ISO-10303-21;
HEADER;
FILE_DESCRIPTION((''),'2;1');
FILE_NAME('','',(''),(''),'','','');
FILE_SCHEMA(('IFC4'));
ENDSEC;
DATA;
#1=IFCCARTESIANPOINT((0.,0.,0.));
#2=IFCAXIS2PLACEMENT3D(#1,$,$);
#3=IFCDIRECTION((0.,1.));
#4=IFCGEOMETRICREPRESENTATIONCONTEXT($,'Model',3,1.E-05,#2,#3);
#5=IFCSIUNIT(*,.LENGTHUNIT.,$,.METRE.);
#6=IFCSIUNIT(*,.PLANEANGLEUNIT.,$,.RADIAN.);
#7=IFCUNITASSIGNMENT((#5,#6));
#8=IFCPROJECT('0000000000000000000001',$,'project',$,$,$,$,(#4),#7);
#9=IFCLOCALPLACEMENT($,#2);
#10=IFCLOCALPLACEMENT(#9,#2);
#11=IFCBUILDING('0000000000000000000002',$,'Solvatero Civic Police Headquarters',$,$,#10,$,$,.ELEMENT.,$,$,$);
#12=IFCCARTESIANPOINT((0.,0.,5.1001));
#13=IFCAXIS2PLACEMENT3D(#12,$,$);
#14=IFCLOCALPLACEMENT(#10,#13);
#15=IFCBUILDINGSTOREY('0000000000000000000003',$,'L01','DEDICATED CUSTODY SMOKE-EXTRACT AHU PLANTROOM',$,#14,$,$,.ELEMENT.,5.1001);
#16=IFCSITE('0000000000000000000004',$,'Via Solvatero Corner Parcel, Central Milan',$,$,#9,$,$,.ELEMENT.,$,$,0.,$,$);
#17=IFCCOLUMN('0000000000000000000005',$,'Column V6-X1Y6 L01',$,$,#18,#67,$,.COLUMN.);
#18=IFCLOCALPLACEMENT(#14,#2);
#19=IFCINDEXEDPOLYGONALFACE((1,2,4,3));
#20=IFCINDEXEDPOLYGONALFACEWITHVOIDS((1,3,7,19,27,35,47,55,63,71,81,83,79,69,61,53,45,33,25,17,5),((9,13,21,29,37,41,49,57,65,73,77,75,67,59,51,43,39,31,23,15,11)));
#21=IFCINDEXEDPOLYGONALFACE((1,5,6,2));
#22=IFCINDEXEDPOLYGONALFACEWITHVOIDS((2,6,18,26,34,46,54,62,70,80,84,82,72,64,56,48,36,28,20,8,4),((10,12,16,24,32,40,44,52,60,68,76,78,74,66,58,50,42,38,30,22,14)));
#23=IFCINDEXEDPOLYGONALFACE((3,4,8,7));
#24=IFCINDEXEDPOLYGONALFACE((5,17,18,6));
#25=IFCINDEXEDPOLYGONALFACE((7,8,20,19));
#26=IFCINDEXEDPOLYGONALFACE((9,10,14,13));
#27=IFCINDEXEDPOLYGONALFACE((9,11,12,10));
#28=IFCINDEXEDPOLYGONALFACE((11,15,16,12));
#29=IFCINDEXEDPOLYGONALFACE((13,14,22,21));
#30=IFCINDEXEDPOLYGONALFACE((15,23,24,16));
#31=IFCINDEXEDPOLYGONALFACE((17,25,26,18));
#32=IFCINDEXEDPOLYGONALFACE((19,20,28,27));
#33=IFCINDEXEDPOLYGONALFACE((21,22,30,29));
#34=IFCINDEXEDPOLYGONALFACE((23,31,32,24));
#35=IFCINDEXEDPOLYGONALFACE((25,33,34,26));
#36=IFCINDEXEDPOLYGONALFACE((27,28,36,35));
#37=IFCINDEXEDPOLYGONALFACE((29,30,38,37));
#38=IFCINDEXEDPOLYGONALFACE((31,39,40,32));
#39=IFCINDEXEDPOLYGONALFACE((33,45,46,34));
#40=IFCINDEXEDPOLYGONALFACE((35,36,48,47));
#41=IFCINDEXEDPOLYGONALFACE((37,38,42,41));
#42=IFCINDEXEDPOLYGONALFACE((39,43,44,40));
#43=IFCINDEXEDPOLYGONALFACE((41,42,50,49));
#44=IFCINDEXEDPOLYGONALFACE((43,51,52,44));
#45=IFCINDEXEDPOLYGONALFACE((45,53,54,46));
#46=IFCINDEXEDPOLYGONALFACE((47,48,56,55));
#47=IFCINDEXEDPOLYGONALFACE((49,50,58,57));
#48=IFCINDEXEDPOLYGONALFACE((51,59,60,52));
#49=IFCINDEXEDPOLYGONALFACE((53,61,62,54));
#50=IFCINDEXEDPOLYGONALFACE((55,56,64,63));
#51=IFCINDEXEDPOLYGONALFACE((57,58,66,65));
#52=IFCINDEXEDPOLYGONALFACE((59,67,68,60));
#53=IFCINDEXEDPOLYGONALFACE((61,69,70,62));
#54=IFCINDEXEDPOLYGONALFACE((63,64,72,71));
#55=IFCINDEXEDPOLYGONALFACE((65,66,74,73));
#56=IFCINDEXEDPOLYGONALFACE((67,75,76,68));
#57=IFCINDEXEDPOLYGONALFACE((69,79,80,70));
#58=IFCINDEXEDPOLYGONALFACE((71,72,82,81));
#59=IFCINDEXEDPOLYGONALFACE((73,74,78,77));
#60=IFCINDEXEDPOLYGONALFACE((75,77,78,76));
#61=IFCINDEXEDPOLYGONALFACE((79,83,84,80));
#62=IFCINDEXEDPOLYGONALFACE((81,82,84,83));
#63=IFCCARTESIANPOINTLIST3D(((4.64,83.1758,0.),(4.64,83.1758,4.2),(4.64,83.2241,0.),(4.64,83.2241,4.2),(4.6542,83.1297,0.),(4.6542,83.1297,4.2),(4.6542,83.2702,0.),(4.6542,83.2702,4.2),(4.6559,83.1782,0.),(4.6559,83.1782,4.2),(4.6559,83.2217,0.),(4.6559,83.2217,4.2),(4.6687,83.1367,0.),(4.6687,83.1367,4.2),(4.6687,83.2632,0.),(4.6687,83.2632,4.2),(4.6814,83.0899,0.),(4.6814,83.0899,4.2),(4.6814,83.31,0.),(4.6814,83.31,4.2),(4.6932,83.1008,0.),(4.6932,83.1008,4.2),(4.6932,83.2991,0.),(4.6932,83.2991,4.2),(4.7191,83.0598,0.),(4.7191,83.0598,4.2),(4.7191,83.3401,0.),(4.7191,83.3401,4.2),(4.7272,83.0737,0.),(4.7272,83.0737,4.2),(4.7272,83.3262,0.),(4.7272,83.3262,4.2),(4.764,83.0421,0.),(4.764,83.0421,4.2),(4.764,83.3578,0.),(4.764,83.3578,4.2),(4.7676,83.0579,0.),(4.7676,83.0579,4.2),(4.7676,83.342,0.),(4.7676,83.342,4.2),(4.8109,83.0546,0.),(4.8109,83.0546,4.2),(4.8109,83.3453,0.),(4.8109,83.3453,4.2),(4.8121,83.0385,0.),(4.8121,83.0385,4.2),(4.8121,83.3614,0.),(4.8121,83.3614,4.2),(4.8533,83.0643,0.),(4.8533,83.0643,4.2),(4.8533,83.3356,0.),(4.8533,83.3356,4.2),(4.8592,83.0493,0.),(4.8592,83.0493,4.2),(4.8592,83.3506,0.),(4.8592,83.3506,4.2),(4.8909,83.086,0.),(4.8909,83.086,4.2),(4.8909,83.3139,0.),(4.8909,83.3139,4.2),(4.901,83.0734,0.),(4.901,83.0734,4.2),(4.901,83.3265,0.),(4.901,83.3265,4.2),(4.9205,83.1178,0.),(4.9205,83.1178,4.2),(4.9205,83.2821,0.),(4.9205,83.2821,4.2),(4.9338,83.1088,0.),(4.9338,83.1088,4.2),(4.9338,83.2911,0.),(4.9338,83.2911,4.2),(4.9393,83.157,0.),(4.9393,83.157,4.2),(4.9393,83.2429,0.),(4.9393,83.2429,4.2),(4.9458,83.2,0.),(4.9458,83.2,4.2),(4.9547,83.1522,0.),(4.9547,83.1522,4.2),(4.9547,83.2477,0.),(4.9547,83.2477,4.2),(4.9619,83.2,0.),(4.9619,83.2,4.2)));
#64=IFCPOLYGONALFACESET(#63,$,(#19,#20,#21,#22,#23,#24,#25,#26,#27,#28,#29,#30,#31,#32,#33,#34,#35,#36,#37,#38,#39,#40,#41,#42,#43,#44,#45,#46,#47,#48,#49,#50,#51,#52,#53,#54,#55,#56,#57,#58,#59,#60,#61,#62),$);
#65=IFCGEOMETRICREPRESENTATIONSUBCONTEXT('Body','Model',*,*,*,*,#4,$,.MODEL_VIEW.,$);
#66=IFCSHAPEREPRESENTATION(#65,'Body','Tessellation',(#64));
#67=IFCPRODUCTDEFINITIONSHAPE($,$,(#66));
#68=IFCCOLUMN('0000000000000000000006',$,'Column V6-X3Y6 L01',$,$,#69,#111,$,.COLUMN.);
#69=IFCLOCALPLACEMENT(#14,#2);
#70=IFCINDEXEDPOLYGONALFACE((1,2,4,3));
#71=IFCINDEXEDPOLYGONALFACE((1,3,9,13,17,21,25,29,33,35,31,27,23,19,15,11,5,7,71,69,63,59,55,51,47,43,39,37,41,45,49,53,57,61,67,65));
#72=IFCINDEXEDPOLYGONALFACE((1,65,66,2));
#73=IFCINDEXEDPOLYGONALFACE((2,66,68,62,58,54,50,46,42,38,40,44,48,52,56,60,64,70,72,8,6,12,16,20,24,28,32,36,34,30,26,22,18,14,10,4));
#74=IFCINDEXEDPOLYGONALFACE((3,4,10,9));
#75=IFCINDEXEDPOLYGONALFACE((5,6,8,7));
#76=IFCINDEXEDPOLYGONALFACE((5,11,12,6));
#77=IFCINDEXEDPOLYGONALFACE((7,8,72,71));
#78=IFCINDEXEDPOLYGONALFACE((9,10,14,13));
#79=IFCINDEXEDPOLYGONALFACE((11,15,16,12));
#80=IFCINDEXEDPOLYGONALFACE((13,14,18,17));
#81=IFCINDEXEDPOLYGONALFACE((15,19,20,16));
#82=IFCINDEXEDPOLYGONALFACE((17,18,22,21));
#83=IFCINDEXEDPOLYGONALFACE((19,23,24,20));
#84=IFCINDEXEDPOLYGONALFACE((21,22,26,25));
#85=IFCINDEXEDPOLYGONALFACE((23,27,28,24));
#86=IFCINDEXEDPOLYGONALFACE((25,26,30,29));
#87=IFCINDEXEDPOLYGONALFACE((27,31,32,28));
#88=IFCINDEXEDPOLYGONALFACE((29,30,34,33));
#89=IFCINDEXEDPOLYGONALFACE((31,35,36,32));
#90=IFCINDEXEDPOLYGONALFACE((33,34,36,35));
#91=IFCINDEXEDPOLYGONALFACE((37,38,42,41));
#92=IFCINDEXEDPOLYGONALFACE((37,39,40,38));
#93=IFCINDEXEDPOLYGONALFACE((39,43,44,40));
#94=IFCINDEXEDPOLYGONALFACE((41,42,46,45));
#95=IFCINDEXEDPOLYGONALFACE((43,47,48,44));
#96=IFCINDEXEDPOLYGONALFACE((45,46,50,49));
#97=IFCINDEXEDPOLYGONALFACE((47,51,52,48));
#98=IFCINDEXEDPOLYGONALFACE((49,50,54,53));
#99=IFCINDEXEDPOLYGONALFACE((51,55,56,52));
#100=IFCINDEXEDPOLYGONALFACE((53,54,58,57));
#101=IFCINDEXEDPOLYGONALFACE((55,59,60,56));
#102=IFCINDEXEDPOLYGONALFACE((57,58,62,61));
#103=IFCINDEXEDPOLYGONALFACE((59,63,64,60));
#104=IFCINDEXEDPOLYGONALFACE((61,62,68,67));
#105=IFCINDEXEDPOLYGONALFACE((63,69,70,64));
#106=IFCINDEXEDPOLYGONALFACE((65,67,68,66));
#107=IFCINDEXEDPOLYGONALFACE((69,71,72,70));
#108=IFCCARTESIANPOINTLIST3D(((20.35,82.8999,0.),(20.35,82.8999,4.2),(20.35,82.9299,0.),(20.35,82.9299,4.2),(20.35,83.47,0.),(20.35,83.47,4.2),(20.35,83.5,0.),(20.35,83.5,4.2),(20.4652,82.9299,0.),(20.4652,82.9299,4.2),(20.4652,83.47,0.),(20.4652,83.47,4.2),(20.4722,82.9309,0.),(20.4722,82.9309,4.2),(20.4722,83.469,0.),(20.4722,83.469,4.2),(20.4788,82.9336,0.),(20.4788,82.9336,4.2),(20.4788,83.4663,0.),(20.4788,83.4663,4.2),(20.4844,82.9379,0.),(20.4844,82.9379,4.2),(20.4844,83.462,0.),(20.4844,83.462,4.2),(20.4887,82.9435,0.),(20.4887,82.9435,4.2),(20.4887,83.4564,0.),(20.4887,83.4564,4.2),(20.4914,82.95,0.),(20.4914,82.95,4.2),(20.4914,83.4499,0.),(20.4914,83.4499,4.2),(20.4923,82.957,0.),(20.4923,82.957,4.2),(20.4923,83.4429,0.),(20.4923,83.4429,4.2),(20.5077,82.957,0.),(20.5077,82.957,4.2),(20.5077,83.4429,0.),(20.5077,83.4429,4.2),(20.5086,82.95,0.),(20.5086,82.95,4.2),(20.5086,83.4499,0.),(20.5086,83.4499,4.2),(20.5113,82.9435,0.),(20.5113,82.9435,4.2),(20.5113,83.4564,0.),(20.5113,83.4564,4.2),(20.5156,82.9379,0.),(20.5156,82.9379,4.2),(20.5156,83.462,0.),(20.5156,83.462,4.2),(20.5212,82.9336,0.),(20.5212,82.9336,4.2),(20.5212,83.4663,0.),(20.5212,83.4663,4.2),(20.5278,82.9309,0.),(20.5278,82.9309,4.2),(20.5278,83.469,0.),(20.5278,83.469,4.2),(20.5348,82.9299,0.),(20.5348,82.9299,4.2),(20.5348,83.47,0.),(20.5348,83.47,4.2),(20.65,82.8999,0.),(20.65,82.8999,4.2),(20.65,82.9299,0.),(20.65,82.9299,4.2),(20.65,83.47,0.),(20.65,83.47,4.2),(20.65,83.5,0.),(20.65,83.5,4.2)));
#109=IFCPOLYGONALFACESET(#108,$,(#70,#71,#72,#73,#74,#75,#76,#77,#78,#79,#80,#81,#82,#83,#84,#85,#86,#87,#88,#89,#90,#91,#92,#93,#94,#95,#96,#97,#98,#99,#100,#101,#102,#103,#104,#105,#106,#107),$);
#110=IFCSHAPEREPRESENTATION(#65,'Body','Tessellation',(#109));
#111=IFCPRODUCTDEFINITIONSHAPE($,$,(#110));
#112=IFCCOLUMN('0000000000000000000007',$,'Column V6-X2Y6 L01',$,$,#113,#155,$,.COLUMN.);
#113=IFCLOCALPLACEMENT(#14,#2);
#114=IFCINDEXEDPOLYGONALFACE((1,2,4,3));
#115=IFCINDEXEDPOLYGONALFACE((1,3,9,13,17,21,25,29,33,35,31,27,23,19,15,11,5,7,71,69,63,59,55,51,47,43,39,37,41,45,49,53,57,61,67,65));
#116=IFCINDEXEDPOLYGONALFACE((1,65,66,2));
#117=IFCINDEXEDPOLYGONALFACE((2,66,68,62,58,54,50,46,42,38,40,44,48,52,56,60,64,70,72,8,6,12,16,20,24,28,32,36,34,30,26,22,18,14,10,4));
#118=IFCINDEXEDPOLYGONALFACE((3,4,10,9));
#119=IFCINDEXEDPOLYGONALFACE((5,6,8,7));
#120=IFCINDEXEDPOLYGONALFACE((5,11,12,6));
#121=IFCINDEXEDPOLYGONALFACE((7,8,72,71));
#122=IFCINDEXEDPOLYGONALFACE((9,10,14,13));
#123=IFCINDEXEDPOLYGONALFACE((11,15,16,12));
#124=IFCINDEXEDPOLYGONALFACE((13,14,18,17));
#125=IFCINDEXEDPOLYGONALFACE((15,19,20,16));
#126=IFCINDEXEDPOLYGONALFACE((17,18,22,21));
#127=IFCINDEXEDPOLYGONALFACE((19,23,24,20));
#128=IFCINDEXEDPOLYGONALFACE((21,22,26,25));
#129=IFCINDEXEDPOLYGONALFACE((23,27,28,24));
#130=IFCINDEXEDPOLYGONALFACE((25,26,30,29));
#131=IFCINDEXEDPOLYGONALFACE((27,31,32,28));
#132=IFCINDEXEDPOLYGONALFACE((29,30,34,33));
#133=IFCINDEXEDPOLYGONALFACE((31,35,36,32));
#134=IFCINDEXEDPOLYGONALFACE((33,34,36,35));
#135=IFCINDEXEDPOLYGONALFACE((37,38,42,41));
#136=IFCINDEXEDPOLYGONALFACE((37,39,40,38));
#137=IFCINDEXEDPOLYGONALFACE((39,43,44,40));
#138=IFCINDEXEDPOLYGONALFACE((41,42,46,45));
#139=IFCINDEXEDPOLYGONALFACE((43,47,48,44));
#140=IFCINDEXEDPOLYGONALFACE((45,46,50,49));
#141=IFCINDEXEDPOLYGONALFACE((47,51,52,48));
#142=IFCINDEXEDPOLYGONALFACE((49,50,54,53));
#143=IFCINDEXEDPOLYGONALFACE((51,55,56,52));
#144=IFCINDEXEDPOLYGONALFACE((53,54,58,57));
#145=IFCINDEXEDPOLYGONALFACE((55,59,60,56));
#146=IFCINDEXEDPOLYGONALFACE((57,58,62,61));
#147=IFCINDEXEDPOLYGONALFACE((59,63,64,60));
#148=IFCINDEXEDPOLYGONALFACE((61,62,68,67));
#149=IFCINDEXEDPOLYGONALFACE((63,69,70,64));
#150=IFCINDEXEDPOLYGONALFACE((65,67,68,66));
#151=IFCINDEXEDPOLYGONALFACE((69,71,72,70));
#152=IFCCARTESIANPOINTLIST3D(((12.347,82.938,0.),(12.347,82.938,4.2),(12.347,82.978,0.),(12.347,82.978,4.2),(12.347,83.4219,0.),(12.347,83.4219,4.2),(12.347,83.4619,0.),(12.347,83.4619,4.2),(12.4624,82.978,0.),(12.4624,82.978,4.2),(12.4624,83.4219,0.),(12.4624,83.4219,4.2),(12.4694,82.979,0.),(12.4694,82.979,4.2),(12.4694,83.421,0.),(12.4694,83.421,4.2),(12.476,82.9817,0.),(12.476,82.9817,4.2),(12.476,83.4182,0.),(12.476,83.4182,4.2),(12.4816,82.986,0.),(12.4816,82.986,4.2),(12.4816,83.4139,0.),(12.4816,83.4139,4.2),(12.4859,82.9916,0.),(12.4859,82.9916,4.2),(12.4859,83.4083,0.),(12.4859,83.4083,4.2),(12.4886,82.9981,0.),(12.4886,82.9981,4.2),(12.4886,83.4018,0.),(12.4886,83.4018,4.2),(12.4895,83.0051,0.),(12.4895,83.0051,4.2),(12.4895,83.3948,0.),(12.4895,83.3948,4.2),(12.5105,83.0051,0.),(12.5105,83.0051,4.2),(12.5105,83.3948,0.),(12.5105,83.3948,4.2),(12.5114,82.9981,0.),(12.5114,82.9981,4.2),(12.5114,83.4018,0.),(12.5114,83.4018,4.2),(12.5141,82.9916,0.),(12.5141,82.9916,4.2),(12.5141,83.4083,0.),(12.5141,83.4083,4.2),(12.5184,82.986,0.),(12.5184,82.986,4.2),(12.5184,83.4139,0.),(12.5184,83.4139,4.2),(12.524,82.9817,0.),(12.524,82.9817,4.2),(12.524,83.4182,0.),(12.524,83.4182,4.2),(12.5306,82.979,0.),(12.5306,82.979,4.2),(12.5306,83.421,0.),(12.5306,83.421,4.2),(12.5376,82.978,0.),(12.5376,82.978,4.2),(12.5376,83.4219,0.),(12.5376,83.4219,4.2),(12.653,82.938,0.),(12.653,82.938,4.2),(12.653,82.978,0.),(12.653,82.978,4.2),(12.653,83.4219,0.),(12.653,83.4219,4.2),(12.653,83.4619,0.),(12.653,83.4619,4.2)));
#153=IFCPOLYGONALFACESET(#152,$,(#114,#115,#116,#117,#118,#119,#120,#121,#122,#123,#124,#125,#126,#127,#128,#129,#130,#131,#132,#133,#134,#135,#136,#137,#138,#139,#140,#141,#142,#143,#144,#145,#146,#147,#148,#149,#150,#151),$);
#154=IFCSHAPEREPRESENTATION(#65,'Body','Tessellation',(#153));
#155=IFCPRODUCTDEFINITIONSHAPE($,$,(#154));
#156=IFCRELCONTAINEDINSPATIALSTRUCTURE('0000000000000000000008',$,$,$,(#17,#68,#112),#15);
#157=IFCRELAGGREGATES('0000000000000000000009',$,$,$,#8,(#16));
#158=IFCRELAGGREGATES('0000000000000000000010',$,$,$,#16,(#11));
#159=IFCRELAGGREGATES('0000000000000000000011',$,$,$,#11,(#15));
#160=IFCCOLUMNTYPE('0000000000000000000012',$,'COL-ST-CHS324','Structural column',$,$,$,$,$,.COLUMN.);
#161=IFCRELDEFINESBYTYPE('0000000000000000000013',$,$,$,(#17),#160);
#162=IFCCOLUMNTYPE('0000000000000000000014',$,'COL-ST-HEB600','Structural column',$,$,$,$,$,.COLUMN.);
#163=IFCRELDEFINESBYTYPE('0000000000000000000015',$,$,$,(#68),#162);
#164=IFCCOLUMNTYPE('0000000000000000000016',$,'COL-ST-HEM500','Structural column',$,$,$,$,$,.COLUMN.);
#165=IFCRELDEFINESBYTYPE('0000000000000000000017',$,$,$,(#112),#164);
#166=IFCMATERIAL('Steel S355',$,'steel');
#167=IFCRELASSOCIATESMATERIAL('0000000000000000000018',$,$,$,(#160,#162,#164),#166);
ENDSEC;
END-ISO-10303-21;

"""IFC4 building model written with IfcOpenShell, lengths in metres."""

from ifc_helpers import new_model, si_unit, direction, frame, origin, origin_2d, place, context, subcontext, project, spatial, hollow_circle, i_section, extrude, material, material_profile, profile_set, type_object, element, save


model = new_model("IFC4")

# Units and contexts
model_context = context("Model", 3, precision=1e-05, world=origin(), true_north=direction((0.0, 1.0)))
body_context = subcontext(model_context, "Body", "Model", "MODEL_VIEW")
ifc_project = project(units=[si_unit("LENGTHUNIT", "METRE"), si_unit("PLANEANGLEUNIT", "RADIAN")], contexts=[model_context])

# Site, building, storey
site_placement = place(None, origin())
site = spatial("IfcSite", under=ifc_project, at=site_placement, Name="Via Solvatero Corner Parcel, Central Milan", CompositionType="ELEMENT", RefElevation=0.0)
building_placement = place(site_placement, origin())
building = spatial("IfcBuilding", under=site, at=building_placement, Name="Solvatero Civic Police Headquarters", CompositionType="ELEMENT")
storey_placement = place(building_placement, frame((0.0, 0.0, 5.1001)))
storey = spatial("IfcBuildingStorey", under=building, at=storey_placement, Name="L01", Description="DEDICATED CUSTODY SMOKE-EXTRACT AHU PLANTROOM", CompositionType="ELEMENT", Elevation=5.1001)

# Columns
ifc_material_1 = material(Name="Steel S355", Category="steel")
ifc_material_profile_1 = material_profile(ifc_material_1, hollow_circle(Radius=0.1619, WallThickness=0.0161, at=origin_2d()), Name="CHS 323.9x16.0")
ifc_profile_set_1 = profile_set([ifc_material_profile_1], Name="Steel S355")
column_type_1 = type_object("IfcColumnType", Name="COL-ST-CHS324", Description="Structural column", PredefinedType="COLUMN", material=ifc_profile_set_1)
column_1_placement = place(storey_placement, frame((4.8, 83.2, 0.0), z_axis=(0.0, 0.0, 1.0), x_axis=(1.0, 0.0, 0.0)))
element("IfcColumn", 1, at=column_1_placement, inside=storey, type_object=column_type_1, Name="Column V6-X1Y6 L01", PredefinedType="COLUMN", context=body_context, shape_type="SweptSolid", body=[
    extrude(hollow_circle(Radius=0.1619, WallThickness=0.0161, at=origin_2d()), origin(), (0.0, 0.0, 1.0), 4.2),
])
ifc_material_profile_2 = material_profile(ifc_material_1, i_section(OverallWidth=0.3, OverallDepth=0.6001, WebThickness=0.0154, FlangeThickness=0.03, FilletRadius=0.0271, at=origin_2d()), Name="HEB 600")
ifc_profile_set_2 = profile_set([ifc_material_profile_2], Name="Steel S355")
column_type_2 = type_object("IfcColumnType", Name="COL-ST-HEB600", Description="Structural column", PredefinedType="COLUMN", material=ifc_profile_set_2)
column_2_placement = place(storey_placement, frame((20.5, 83.2, 0.0), z_axis=(0.0, 0.0, 1.0), x_axis=(1.0, 0.0, 0.0)))
element("IfcColumn", 2, at=column_2_placement, inside=storey, type_object=column_type_2, Name="Column V6-X3Y6 L01", PredefinedType="COLUMN", context=body_context, shape_type="SweptSolid", body=[
    extrude(i_section(OverallWidth=0.3, OverallDepth=0.6001, WebThickness=0.0154, FlangeThickness=0.03, FilletRadius=0.0271, at=origin_2d()), origin(), (0.0, 0.0, 1.0), 4.2),
])
ifc_material_profile_3 = material_profile(ifc_material_1, i_section(OverallWidth=0.3059, OverallDepth=0.5239, WebThickness=0.021, FlangeThickness=0.04, FilletRadius=0.0271, at=origin_2d()), Name="HEM 500")
ifc_profile_set_3 = profile_set([ifc_material_profile_3], Name="Steel S355")
column_type_3 = type_object("IfcColumnType", Name="COL-ST-HEM500", Description="Structural column", PredefinedType="COLUMN", material=ifc_profile_set_3)
column_3_placement = place(storey_placement, frame((12.5, 83.2, 0.0), z_axis=(0.0, 0.0, 1.0), x_axis=(1.0, 0.0, 0.0)))
element("IfcColumn", 3, at=column_3_placement, inside=storey, type_object=column_type_3, Name="Column V6-X2Y6 L01", PredefinedType="COLUMN", context=body_context, shape_type="SweptSolid", body=[
    extrude(i_section(OverallWidth=0.3059, OverallDepth=0.5239, WebThickness=0.021, FlangeThickness=0.04, FilletRadius=0.0271, at=origin_2d()), origin(), (0.0, 0.0, 1.0), 4.2),
])

save(model, "model.ifc")
